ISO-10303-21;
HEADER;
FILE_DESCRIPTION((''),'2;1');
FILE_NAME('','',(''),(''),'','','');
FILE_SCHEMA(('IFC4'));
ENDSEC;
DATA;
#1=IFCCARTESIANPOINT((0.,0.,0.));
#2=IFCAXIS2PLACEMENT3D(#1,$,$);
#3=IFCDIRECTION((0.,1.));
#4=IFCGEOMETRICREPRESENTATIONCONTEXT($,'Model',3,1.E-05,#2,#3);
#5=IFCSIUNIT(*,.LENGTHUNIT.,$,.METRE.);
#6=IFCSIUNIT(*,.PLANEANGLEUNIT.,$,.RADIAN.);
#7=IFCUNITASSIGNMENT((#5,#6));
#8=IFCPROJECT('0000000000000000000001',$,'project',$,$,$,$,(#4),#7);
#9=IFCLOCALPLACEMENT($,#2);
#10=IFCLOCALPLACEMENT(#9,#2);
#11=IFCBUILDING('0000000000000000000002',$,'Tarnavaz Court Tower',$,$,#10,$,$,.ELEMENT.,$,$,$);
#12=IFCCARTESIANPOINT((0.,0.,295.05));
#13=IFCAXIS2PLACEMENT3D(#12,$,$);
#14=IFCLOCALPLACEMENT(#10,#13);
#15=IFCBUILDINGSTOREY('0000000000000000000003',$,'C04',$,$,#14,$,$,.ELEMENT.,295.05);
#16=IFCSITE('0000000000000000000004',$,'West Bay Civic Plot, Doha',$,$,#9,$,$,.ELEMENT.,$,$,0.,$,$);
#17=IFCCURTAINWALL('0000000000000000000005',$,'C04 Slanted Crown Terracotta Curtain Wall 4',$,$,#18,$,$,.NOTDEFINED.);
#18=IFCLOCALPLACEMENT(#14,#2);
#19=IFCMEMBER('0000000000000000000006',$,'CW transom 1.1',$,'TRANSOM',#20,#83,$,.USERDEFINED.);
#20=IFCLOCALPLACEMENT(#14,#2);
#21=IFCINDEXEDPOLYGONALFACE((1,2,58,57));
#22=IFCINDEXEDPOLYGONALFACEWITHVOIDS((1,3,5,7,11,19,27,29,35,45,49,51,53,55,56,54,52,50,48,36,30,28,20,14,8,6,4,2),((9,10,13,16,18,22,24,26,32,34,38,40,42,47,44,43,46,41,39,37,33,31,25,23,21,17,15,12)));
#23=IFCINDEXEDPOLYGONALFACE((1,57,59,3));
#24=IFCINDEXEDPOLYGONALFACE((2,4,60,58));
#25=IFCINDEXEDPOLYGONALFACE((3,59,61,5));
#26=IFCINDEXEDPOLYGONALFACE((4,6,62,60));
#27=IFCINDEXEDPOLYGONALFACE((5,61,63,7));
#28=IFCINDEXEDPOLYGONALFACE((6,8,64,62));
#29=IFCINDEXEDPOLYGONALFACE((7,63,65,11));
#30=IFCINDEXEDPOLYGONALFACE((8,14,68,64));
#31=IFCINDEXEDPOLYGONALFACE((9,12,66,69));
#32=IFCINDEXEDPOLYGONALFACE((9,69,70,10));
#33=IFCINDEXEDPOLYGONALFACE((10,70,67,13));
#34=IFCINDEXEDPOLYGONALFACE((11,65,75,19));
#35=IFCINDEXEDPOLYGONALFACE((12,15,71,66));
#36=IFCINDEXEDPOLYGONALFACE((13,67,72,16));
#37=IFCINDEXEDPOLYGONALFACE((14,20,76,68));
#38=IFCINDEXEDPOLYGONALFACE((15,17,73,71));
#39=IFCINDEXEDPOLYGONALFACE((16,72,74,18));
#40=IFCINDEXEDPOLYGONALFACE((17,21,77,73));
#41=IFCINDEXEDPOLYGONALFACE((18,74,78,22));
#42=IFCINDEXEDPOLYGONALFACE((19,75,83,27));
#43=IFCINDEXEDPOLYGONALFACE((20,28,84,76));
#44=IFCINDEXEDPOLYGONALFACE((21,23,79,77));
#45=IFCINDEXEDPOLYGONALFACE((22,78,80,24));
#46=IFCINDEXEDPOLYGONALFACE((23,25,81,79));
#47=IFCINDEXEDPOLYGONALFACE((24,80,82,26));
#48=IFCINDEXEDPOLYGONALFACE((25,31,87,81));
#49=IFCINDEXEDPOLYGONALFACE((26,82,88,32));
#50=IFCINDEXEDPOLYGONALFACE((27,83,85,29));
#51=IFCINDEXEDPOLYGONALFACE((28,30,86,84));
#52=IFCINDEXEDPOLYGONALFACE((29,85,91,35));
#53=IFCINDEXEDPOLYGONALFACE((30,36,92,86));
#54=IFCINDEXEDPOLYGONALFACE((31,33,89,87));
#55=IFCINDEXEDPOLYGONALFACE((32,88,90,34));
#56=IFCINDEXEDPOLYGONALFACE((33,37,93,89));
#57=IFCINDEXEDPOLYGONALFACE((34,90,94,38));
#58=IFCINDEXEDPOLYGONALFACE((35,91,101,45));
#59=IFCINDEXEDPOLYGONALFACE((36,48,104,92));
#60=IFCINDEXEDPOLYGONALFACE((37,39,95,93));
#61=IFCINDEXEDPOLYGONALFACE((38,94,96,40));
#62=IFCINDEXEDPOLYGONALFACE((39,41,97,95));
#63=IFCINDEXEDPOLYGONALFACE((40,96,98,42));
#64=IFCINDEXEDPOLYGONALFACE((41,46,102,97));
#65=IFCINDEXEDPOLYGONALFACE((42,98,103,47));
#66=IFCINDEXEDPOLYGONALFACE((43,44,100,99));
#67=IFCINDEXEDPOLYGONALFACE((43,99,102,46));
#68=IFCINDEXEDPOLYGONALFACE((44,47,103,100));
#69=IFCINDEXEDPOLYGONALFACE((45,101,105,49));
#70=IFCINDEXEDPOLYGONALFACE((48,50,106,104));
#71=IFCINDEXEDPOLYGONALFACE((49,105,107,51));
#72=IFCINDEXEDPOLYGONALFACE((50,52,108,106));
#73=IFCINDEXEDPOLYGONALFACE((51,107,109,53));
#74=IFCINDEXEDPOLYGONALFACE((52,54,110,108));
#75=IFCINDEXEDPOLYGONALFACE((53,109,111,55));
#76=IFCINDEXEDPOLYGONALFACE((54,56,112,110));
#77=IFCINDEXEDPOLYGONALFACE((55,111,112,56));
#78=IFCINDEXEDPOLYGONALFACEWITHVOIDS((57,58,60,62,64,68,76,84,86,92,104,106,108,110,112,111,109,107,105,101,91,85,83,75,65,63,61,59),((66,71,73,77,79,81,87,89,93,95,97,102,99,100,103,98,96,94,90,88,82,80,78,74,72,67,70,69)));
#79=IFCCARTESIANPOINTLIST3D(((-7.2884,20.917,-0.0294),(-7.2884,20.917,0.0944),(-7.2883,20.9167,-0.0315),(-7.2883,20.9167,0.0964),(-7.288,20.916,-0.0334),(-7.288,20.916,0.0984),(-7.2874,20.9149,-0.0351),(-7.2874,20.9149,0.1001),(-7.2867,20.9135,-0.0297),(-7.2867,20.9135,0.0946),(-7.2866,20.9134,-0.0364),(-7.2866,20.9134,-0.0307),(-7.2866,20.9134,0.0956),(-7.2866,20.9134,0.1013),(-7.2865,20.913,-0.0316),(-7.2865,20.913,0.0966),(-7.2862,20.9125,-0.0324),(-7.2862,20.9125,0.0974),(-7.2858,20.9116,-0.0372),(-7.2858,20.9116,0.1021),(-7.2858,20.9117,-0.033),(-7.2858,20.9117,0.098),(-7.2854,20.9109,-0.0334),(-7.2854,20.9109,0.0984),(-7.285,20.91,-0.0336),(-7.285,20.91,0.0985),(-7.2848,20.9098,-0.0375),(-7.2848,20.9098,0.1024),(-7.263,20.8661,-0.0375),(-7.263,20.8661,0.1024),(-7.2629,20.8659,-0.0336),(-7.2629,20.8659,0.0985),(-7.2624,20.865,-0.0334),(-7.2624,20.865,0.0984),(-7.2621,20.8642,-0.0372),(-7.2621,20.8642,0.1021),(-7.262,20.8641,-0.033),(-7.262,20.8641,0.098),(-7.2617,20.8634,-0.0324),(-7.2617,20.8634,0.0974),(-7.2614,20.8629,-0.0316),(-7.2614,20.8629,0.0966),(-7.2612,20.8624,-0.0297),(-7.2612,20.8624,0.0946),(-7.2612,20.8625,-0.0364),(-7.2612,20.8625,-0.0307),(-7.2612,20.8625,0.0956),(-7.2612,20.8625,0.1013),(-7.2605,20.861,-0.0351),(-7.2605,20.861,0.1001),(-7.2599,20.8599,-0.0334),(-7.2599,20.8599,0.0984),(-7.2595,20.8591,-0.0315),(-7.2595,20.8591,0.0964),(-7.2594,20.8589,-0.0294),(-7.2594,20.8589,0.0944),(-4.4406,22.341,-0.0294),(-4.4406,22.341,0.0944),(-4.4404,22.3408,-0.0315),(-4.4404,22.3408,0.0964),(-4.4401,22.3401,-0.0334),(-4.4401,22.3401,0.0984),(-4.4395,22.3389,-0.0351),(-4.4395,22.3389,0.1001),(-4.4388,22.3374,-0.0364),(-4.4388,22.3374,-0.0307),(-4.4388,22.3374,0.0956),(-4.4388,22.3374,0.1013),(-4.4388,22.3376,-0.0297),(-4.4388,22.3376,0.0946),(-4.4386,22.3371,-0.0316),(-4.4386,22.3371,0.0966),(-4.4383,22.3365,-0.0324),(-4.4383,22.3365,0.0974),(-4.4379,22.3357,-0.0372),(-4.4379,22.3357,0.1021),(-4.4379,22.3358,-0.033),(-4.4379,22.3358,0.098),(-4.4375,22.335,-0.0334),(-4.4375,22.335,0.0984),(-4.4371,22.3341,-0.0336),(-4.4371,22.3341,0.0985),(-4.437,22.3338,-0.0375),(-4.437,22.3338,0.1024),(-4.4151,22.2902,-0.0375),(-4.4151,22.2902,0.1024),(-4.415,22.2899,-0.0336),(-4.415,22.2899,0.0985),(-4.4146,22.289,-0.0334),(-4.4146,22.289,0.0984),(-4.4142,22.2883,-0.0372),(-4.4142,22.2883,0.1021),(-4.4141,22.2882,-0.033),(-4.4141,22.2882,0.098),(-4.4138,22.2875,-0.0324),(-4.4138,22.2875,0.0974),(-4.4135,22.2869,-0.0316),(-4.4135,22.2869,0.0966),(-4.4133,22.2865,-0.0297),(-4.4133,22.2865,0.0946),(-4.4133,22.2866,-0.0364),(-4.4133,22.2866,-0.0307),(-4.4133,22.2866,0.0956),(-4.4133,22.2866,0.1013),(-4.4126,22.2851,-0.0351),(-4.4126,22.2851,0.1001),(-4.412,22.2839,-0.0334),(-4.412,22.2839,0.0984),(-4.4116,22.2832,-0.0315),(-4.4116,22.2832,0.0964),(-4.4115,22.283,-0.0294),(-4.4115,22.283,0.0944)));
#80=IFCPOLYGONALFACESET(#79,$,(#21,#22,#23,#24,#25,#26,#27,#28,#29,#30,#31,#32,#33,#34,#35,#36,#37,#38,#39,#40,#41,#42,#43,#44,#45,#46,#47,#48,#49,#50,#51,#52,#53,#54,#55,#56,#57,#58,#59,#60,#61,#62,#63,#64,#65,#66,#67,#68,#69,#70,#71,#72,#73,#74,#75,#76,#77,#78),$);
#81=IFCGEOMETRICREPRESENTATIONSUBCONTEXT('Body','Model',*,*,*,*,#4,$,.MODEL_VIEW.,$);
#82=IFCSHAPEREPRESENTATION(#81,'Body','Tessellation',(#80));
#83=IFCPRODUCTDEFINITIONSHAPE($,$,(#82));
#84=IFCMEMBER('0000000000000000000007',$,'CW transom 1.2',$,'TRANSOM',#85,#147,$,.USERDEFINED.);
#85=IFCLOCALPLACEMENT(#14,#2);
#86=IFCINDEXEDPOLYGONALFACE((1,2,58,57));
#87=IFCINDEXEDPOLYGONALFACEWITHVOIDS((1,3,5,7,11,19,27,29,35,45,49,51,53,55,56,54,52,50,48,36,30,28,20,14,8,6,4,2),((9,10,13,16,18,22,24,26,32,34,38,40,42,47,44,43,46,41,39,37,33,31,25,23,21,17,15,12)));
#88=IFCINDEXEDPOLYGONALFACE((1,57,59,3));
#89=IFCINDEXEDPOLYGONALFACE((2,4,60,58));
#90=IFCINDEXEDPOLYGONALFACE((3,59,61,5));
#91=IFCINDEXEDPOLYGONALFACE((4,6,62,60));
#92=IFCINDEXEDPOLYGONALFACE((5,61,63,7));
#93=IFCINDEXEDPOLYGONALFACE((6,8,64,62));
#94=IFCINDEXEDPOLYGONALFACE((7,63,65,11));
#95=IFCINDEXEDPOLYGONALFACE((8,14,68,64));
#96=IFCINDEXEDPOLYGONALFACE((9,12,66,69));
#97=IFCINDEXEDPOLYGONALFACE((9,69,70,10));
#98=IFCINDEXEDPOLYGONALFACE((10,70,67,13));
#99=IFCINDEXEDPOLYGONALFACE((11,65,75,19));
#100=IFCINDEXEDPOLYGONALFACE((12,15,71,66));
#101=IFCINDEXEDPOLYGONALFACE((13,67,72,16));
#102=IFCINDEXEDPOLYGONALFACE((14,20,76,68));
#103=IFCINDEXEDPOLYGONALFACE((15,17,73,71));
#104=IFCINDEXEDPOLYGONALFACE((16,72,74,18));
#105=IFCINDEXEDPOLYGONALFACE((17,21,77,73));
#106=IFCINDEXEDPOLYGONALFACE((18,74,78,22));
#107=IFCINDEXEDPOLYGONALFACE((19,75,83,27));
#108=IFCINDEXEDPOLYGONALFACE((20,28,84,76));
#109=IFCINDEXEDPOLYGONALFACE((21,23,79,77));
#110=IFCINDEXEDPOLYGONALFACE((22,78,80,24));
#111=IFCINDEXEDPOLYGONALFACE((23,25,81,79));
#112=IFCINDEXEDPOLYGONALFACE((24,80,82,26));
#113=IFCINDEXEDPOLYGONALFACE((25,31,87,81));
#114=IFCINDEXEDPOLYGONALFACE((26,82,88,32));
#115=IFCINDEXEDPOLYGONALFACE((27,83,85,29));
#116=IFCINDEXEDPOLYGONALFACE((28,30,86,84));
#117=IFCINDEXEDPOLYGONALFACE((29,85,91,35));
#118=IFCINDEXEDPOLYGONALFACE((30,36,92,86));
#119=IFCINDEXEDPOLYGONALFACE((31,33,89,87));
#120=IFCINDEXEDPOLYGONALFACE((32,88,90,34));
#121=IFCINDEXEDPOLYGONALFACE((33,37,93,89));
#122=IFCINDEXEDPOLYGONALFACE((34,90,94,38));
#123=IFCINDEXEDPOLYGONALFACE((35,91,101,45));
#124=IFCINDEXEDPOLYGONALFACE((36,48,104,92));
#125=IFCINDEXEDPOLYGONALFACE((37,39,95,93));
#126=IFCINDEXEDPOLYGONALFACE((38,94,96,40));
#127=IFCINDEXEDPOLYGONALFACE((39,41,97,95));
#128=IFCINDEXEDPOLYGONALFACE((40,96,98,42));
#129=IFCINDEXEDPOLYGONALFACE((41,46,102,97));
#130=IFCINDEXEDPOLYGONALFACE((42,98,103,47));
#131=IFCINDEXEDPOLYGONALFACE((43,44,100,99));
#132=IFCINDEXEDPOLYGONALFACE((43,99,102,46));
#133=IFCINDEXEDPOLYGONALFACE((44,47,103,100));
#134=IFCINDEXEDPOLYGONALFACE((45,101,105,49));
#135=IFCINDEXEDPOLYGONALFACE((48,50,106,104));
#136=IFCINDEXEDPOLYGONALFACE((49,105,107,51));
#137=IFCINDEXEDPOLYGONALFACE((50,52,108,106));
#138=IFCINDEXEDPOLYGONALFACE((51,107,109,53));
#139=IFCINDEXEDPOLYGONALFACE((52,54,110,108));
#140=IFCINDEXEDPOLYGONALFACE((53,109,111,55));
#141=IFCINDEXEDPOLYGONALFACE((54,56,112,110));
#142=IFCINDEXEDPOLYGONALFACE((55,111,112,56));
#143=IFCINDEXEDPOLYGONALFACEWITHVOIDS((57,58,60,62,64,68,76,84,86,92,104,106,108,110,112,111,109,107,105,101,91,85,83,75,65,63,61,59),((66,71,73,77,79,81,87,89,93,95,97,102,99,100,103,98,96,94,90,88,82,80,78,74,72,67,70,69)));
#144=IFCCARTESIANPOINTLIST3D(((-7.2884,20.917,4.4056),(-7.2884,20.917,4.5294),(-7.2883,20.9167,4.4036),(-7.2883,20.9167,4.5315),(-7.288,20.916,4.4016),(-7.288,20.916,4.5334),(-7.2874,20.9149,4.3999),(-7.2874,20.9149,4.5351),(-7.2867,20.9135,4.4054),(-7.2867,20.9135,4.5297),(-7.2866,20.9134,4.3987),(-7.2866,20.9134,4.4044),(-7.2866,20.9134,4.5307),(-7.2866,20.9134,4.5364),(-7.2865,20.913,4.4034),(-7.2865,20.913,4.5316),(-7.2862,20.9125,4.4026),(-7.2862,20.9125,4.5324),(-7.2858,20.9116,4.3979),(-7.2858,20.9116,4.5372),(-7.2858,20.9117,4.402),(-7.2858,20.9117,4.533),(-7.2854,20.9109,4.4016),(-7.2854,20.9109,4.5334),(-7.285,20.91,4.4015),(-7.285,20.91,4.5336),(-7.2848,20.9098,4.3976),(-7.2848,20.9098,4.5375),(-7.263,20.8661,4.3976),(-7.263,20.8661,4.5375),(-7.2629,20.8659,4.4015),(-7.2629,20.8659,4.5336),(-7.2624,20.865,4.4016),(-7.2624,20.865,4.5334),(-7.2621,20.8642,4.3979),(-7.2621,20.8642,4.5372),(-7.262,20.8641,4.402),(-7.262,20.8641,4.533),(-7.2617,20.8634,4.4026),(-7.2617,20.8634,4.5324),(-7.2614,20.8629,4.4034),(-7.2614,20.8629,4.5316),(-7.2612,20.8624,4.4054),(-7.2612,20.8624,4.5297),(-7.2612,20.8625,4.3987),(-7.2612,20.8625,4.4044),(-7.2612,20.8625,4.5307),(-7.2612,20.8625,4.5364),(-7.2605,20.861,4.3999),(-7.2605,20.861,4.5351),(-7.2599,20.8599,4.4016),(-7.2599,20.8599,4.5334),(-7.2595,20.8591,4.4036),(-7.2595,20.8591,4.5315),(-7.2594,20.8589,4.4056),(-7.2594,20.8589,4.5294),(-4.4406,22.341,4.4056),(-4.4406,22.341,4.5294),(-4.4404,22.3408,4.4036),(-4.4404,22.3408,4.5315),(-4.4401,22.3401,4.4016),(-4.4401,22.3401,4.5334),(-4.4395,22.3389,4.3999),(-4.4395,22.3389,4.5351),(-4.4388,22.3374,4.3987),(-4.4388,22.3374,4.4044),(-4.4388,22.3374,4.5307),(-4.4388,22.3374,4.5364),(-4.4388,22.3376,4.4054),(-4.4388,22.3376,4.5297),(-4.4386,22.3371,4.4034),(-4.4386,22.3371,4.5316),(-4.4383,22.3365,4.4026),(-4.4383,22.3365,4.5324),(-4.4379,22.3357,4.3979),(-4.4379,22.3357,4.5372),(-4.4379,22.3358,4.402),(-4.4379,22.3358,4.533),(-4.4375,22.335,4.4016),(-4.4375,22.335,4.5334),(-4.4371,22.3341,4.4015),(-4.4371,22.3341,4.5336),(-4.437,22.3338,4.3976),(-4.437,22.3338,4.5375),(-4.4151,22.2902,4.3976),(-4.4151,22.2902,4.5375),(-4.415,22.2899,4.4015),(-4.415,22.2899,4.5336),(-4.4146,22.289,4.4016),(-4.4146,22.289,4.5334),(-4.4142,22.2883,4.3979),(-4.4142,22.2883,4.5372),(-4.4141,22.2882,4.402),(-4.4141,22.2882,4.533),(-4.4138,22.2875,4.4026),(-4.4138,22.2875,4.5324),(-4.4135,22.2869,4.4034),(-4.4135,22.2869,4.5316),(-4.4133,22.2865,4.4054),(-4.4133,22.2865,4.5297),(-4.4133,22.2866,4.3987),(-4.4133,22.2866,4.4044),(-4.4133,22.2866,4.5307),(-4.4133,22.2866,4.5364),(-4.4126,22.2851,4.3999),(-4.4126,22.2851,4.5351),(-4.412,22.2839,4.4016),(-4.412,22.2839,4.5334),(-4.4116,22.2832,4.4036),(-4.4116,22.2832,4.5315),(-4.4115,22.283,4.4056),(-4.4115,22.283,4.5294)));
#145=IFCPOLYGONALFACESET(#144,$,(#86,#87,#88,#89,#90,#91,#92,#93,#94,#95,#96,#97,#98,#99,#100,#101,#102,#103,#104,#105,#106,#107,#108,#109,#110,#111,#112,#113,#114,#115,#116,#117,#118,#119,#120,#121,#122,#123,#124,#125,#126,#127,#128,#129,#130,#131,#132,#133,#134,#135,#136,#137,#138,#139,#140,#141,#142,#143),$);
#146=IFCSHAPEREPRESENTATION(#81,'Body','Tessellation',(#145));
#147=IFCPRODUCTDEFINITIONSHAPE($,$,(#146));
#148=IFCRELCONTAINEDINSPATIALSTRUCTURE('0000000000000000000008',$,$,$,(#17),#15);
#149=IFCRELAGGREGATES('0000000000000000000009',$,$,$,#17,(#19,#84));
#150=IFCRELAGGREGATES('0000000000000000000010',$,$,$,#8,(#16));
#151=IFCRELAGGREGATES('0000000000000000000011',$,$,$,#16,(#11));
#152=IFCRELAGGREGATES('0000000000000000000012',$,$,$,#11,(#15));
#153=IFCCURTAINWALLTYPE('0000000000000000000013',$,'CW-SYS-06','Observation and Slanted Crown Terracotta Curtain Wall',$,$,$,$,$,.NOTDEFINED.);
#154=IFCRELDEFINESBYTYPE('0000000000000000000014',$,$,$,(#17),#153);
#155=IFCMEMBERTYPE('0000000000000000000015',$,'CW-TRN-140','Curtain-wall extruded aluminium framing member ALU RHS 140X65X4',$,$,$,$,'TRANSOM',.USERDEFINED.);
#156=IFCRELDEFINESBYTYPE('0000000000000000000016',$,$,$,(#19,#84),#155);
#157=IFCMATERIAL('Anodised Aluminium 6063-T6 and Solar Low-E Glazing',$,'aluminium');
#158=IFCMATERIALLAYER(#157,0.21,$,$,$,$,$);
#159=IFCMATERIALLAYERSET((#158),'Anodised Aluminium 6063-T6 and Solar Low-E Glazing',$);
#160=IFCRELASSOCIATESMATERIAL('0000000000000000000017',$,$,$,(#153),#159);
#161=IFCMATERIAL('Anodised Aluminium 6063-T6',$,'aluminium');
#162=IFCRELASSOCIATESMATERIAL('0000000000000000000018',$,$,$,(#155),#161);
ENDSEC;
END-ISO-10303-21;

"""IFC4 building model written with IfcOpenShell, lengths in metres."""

from ifc_helpers import new_model, si_unit, direction, frame, origin, origin_2d, place, context, subcontext, project, spatial, hollow_rectangle, extrude, material, layer, layer_set, material_profile, profile_set, type_object, element, aggregate, save


model = new_model("IFC4")

# Units and contexts
model_context = context("Model", 3, precision=1e-05, world=origin(), true_north=direction((0.0, 1.0)))
body_context = subcontext(model_context, "Body", "Model", "MODEL_VIEW")
ifc_project = project(units=[si_unit("LENGTHUNIT", "METRE"), si_unit("PLANEANGLEUNIT", "RADIAN")], contexts=[model_context])

# Site, building, storey
site_placement = place(None, origin())
site = spatial("IfcSite", under=ifc_project, at=site_placement, Name="West Bay Civic Plot, Doha", CompositionType="ELEMENT", RefElevation=0.0)
building_placement = place(site_placement, origin())
building = spatial("IfcBuilding", under=site, at=building_placement, Name="Tarnavaz Court Tower", CompositionType="ELEMENT")
storey_placement = place(building_placement, frame((0.0, 0.0, 295.05)))
storey = spatial("IfcBuildingStorey", under=building, at=storey_placement, Name="C04", CompositionType="ELEMENT", Elevation=295.05)

# Shared definitions
ifc_material_1 = material(Name="Anodised Aluminium 6063-T6 and Solar Low-E Glazing", Category="aluminium")
ifc_layer_1 = layer(ifc_material_1, 0.21)
ifc_layer_set_1 = layer_set([ifc_layer_1], Name="Anodised Aluminium 6063-T6 and Solar Low-E Glazing")
curtain_wall_type = type_object("IfcCurtainWallType", Name="CW-SYS-06", Description="Observation and Slanted Crown Terracotta Curtain Wall", PredefinedType="NOTDEFINED", material=ifc_layer_set_1)
ifc_material_2 = material(Name="Anodised Aluminium 6063-T6", Category="aluminium")

# Curtain wall
curtain_wall_1_placement = place(storey_placement, origin())
curtain_wall_1 = element("IfcCurtainWall", 1, at=curtain_wall_1_placement, inside=storey, type_object=curtain_wall_type, Name="C04 Slanted Crown Terracotta Curtain Wall 4", PredefinedType="NOTDEFINED")

# Members
ifc_material_profile_1 = material_profile(ifc_material_2, hollow_rectangle(XDim=0.0649, YDim=0.1399, WallThickness=0.0039, InnerFilletRadius=0.0039, OuterFilletRadius=0.0081, at=origin_2d()), Name="ALU RHS 140X65X4")
ifc_profile_set_1 = profile_set([ifc_material_profile_1], Name="Anodised Aluminium 6063-T6")
member_type_1 = type_object("IfcMemberType", Name="CW-TRN-140", Description="Curtain-wall extruded aluminium framing member ALU RHS 140X65X4", ElementType="TRANSOM", PredefinedType="USERDEFINED", material=ifc_profile_set_1)
member_1_placement = place(storey_placement, frame((-7.2739, 20.8879, 0.0325), z_axis=(0.894412, 0.447244, 0.0), x_axis=(-0.447244, 0.894412, 0.0)))
member_1 = element("IfcMember", 2, at=member_1_placement, type_object=member_type_1, Name="CW transom 1.1", ObjectType="TRANSOM", PredefinedType="USERDEFINED", context=body_context, shape_type="SweptSolid", body=[
    extrude(hollow_rectangle(XDim=0.0649, YDim=0.1399, WallThickness=0.0039, InnerFilletRadius=0.0039, OuterFilletRadius=0.0081, at=origin_2d()), origin(), (0.0, 0.0, 1.0), 3.1841),
])
member_2_placement = place(storey_placement, frame((-7.2739, 20.8879, 4.4675), z_axis=(0.894412, 0.447244, 0.0), x_axis=(-0.447244, 0.894412, 0.0)))
member_2 = element("IfcMember", 3, at=member_2_placement, type_object=member_type_1, Name="CW transom 1.2", ObjectType="TRANSOM", PredefinedType="USERDEFINED", context=body_context, shape_type="SweptSolid", body=[
    extrude(hollow_rectangle(XDim=0.0649, YDim=0.1399, WallThickness=0.0039, InnerFilletRadius=0.0039, OuterFilletRadius=0.0081, at=origin_2d()), origin(), (0.0, 0.0, 1.0), 3.1841),
])

aggregate(curtain_wall_1, [member_1, member_2])

save(model, "model.ifc")
